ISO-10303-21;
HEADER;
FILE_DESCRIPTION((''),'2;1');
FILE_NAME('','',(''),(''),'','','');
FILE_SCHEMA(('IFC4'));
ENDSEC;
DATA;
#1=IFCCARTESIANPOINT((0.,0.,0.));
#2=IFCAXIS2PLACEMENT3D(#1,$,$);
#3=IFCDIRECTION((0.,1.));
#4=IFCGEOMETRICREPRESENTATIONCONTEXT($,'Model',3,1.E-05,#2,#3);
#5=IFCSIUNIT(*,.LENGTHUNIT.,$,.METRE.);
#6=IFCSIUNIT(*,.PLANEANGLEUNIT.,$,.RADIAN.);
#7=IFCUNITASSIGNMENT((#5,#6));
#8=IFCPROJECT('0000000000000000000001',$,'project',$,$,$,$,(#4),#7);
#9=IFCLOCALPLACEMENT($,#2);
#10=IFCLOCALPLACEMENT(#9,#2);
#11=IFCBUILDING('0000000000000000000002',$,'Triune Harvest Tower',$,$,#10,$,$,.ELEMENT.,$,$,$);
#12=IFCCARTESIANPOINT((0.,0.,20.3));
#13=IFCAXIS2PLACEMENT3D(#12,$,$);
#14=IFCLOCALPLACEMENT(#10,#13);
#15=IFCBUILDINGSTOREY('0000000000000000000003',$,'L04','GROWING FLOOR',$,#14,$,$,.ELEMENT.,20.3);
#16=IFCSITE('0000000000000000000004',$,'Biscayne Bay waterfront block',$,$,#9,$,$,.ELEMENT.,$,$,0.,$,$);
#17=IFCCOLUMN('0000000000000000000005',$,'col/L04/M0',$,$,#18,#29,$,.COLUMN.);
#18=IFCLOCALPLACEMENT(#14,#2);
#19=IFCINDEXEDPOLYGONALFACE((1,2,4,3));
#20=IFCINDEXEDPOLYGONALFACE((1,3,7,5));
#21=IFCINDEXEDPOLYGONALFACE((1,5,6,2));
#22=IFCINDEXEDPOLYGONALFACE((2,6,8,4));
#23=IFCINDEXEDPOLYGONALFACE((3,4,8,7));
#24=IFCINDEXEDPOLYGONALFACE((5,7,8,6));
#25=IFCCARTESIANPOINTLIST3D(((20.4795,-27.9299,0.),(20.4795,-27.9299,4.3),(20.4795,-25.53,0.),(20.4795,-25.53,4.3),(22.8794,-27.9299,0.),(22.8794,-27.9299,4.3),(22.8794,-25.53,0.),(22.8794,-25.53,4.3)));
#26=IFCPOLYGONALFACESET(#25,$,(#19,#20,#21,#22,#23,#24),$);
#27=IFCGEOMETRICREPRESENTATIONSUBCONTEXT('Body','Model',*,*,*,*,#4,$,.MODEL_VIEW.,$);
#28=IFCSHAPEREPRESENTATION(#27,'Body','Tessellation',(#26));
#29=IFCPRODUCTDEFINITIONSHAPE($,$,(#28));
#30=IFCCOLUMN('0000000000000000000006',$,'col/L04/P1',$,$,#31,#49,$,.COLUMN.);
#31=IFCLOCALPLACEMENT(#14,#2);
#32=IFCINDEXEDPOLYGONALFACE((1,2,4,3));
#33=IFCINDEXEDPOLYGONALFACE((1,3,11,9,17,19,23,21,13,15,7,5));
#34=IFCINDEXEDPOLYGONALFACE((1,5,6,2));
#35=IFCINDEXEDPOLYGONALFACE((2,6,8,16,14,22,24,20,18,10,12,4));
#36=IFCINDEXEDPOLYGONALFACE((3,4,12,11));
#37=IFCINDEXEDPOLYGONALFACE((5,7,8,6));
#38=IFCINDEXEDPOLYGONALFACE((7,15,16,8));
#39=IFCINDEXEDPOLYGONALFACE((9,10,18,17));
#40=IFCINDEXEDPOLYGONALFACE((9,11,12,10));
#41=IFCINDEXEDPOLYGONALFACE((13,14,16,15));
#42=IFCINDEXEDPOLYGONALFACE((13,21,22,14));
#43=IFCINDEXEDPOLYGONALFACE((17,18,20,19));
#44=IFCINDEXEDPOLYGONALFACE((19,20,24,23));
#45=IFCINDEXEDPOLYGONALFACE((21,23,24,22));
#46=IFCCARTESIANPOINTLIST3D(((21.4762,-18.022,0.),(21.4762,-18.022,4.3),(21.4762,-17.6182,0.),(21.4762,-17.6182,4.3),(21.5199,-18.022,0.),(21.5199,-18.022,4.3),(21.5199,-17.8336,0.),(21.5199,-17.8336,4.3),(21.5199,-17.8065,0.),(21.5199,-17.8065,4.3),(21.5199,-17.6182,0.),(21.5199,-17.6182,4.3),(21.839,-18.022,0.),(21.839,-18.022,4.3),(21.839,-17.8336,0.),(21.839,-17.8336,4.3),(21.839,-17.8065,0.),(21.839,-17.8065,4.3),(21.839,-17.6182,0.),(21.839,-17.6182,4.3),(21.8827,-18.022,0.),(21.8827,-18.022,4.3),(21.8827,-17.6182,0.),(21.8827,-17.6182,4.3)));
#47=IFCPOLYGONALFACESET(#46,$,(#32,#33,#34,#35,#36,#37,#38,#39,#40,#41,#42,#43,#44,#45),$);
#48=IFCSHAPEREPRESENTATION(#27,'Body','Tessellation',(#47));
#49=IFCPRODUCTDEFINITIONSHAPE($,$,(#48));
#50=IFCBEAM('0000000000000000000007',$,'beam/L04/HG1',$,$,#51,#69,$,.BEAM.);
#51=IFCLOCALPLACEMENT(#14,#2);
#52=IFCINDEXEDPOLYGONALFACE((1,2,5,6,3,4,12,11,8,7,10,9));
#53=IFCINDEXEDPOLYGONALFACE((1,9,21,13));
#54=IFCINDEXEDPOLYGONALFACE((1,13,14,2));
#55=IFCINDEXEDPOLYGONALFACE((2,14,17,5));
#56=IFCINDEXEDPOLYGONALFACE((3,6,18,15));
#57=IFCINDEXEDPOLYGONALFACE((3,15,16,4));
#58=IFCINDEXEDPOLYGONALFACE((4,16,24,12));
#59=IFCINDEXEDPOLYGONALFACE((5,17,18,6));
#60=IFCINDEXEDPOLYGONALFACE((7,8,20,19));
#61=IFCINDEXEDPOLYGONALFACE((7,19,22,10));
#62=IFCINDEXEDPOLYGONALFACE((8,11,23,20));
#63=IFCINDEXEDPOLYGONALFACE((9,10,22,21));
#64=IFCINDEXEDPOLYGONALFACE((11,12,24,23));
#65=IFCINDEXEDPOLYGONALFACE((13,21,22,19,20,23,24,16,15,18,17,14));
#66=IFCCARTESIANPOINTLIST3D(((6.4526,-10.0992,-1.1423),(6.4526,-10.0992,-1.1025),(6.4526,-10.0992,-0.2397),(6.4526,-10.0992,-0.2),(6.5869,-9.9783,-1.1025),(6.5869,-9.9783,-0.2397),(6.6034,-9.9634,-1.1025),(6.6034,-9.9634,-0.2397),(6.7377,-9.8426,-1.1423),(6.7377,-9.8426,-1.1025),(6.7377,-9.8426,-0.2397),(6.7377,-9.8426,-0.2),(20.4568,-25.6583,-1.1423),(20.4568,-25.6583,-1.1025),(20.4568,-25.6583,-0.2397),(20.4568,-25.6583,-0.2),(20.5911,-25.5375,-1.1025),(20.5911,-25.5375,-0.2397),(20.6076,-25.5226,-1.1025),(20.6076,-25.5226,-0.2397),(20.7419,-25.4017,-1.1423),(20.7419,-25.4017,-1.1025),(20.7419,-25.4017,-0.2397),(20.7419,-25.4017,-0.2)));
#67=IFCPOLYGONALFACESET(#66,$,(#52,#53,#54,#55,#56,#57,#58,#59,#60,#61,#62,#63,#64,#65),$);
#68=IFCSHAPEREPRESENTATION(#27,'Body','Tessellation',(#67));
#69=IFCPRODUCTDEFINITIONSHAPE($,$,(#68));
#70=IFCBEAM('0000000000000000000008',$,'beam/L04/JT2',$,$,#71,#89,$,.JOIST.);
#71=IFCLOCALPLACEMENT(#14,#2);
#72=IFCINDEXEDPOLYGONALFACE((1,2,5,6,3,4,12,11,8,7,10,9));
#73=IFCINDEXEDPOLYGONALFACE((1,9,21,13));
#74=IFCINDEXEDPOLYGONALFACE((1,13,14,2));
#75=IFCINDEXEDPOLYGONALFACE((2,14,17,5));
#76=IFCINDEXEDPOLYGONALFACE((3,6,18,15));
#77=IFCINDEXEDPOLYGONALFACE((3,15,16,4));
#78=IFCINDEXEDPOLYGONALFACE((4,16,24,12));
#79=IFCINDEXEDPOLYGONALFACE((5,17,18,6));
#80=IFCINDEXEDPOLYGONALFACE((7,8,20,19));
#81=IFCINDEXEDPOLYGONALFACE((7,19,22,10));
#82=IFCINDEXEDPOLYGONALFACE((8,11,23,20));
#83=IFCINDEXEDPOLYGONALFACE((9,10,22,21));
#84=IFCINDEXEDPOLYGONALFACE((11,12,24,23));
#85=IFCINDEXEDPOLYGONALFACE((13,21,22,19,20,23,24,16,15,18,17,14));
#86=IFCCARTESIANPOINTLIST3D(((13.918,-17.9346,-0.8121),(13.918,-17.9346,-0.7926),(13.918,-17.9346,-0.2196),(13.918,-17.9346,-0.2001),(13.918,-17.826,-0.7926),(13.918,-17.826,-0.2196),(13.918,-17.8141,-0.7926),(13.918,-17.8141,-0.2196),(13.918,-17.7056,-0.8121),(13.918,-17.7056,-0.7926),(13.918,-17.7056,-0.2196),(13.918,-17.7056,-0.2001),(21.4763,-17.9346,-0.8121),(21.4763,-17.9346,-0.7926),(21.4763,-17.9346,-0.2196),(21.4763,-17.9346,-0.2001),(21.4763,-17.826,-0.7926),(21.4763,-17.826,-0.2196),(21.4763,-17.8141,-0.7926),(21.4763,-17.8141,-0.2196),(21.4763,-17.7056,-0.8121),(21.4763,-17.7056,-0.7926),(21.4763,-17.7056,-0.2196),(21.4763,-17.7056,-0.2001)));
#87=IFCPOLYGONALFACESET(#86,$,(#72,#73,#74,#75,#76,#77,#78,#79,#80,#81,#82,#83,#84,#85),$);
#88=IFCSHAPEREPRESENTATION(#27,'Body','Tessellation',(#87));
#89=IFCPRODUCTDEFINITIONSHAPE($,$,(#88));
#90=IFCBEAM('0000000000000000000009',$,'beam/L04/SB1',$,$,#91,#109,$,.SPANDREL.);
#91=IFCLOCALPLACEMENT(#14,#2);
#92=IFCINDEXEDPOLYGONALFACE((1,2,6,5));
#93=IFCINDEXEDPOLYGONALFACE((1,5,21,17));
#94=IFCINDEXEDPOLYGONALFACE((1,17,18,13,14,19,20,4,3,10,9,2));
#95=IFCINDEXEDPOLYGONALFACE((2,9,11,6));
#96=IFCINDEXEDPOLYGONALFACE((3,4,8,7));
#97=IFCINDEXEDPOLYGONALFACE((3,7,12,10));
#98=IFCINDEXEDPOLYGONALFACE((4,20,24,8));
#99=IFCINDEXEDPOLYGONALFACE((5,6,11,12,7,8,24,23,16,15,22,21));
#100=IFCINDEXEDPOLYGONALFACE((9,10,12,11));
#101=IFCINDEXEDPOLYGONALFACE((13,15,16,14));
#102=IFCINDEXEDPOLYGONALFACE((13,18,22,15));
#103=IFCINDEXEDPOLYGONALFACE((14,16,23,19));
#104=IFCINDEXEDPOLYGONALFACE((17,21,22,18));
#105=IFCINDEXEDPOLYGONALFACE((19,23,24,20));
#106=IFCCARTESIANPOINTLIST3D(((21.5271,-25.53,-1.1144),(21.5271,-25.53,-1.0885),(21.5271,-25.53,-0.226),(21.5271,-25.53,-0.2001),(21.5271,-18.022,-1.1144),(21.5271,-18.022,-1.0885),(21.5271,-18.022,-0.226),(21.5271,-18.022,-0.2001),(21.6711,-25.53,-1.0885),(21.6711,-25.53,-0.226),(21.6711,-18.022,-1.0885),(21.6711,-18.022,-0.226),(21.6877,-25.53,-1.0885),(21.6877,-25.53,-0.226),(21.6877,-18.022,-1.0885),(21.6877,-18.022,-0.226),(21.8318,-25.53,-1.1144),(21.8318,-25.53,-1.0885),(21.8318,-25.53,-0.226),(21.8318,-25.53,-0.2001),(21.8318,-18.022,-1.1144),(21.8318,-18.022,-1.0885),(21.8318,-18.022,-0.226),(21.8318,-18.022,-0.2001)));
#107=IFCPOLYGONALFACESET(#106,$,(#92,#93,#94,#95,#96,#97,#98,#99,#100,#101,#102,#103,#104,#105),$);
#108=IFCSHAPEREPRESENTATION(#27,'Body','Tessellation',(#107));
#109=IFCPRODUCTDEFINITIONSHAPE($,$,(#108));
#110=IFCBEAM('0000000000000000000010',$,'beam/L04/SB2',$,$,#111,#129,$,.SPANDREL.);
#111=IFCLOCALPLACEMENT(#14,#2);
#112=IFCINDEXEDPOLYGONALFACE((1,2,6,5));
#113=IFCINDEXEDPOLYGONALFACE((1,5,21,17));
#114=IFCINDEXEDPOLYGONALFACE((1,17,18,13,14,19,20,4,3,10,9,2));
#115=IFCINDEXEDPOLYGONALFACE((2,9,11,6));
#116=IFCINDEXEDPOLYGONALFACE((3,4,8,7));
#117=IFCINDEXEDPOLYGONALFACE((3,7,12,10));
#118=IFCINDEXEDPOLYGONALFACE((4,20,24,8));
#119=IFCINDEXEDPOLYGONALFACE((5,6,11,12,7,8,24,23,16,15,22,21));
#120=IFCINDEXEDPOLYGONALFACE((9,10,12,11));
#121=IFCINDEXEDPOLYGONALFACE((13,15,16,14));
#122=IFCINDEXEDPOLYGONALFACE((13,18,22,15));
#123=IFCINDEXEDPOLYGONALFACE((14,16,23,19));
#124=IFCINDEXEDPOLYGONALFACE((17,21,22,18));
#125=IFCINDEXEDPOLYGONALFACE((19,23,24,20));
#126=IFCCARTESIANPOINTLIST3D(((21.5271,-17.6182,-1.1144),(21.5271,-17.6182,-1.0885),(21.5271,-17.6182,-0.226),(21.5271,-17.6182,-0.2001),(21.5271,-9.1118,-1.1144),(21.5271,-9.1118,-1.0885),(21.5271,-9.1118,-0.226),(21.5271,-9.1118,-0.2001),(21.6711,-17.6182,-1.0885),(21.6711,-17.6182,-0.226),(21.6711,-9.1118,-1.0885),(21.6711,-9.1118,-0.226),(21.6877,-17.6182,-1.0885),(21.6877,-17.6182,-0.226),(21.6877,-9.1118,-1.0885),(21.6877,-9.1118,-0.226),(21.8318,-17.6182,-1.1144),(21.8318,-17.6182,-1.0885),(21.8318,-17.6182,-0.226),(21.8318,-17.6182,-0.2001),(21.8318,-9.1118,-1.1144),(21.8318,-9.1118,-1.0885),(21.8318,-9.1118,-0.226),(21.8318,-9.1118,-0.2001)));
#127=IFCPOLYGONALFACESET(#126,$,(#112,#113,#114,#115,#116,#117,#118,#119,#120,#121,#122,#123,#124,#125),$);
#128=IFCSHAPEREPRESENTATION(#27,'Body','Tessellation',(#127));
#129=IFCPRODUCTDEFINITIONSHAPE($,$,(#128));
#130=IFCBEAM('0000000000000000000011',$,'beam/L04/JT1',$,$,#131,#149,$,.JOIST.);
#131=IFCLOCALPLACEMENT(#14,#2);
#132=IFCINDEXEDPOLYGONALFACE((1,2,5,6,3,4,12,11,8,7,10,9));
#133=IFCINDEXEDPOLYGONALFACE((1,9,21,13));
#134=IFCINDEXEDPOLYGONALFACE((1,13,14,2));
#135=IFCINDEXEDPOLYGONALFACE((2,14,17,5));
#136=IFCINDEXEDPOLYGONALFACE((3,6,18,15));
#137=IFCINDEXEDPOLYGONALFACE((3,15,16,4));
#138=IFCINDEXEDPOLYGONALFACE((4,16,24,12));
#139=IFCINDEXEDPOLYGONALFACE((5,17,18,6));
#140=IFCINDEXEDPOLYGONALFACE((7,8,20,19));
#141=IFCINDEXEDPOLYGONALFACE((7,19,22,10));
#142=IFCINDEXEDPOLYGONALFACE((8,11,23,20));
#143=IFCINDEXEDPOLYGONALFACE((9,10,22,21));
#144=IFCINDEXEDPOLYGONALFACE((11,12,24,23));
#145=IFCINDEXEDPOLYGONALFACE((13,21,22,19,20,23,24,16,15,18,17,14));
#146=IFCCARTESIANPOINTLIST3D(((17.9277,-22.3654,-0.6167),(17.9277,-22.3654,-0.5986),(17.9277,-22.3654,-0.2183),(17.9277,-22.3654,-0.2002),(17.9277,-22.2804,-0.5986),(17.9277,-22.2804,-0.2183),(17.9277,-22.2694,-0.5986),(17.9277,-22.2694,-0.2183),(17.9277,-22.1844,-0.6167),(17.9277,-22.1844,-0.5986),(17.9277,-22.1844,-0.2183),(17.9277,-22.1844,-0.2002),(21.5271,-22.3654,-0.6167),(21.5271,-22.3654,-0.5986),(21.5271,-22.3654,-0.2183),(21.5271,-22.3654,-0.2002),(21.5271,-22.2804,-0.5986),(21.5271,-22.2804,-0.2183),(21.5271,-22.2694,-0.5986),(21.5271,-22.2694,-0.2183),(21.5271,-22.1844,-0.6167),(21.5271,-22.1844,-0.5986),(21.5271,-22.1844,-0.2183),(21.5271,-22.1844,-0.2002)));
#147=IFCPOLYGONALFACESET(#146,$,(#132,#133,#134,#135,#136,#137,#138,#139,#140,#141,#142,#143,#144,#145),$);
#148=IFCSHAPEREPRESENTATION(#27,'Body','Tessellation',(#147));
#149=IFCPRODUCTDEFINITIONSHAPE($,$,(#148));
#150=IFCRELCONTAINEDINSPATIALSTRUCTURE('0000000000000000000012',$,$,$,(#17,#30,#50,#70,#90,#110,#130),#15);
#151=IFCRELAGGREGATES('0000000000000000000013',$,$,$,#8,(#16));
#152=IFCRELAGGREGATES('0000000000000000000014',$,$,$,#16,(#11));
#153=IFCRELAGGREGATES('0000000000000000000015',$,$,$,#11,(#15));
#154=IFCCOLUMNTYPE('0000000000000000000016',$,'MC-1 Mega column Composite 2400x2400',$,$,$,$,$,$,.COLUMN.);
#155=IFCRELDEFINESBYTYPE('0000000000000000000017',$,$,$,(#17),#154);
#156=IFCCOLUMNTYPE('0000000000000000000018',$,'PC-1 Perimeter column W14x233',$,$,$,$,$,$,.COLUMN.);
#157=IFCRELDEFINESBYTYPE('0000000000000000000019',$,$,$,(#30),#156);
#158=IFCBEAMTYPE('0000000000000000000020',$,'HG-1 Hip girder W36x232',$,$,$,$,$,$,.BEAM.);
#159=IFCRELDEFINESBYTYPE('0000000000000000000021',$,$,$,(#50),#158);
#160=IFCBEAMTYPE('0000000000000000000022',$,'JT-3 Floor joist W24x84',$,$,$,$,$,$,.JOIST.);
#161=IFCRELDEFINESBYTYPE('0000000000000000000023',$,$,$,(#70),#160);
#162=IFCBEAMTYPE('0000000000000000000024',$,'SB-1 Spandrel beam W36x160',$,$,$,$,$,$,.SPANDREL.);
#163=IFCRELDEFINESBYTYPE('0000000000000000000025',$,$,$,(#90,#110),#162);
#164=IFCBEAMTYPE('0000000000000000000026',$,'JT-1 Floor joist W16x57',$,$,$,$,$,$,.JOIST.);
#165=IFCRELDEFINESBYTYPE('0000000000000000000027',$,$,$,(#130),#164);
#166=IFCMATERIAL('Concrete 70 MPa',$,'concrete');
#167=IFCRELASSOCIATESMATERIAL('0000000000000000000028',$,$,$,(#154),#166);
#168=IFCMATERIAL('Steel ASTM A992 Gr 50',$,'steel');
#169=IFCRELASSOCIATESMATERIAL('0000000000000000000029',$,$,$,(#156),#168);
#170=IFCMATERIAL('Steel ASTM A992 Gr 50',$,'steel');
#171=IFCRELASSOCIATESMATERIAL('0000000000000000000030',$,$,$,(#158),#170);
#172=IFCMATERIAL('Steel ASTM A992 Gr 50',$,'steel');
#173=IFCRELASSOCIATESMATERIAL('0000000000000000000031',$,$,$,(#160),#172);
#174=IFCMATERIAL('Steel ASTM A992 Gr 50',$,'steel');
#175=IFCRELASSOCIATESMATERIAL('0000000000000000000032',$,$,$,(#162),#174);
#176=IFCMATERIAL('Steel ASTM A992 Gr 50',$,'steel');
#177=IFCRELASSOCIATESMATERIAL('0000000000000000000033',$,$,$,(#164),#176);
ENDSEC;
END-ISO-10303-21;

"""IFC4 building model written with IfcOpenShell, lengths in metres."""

from ifc_helpers import new_model, si_unit, direction, frame, origin, origin_2d, place, context, subcontext, project, spatial, rectangle, i_section, extrude, source, transform, mapped, material, material_profile, profile_set, type_object, element, save


model = new_model("IFC4")

# Units and contexts
model_context = context("Model", 3, precision=1e-05, world=origin(), true_north=direction((0.0, 1.0)))
body_context = subcontext(model_context, "Body", "Model", "MODEL_VIEW")
ifc_project = project(units=[si_unit("LENGTHUNIT", "METRE"), si_unit("PLANEANGLEUNIT", "RADIAN")], contexts=[model_context])

# Site, building, storey
site_placement = place(None, origin())
site = spatial("IfcSite", under=ifc_project, at=site_placement, Name="Biscayne Bay waterfront block", CompositionType="ELEMENT", RefElevation=0.0)
building_placement = place(site_placement, origin())
building = spatial("IfcBuilding", under=site, at=building_placement, Name="Triune Harvest Tower", CompositionType="ELEMENT")
storey_placement = place(building_placement, frame((0.0, 0.0, 20.3)))
storey = spatial("IfcBuildingStorey", under=building, at=storey_placement, Name="L04", Description="GROWING FLOOR", CompositionType="ELEMENT", Elevation=20.3)

# Columns
ifc_material_1 = material(Name="Concrete 70 MPa", Category="concrete")
ifc_material_profile_1 = material_profile(ifc_material_1, rectangle(XDim=2.3999, YDim=2.3999, at=origin_2d()), Name="Composite 2400x2400")
ifc_profile_set_1 = profile_set([ifc_material_profile_1], Name="Concrete 70 MPa")
column_type_1 = type_object("IfcColumnType", Name="MC-1 Mega column Composite 2400x2400", PredefinedType="COLUMN", material=ifc_profile_set_1)
shared_shape_1 = source(origin(), body_context, "Body", "SweptSolid", [
    extrude(rectangle(XDim=2.3999, YDim=2.3999, at=origin_2d()), origin(), (0.0, 0.0, 1.0), 4.3),
])
column_1_placement = place(storey_placement, frame((21.6794, -26.73, 0.0), z_axis=(0.0, 0.0, 1.0), x_axis=(0.0, 1.0, 0.0)))
element("IfcColumn", 1, at=column_1_placement, inside=storey, type_object=column_type_1, Name="col/L04/M0", PredefinedType="COLUMN", context=body_context, shape_type="MappedRepresentation", body=[
    mapped(shared_shape_1, transform((0.0, 0.0, 0.0), scale=1.0)),
])
ifc_material_2 = material(Name="Steel ASTM A992 Gr 50", Category="steel")
ifc_material_profile_2 = material_profile(ifc_material_2, i_section(OverallWidth=0.4038, OverallDepth=0.4065, WebThickness=0.0271, FlangeThickness=0.0437, at=origin_2d()), Name="W14x233")
ifc_profile_set_2 = profile_set([ifc_material_profile_2], Name="Steel ASTM A992 Gr 50")
column_type_2 = type_object("IfcColumnType", Name="PC-1 Perimeter column W14x233", PredefinedType="COLUMN", material=ifc_profile_set_2)
shared_shape_2 = source(origin(), body_context, "Body", "SweptSolid", [
    extrude(i_section(OverallWidth=0.4038, OverallDepth=0.4065, WebThickness=0.0271, FlangeThickness=0.0437, at=origin_2d()), origin(), (0.0, 0.0, 1.0), 4.3),
])
column_2_placement = place(storey_placement, frame((21.6794, -17.8201, 0.0), z_axis=(0.0, 0.0, 1.0), x_axis=(0.0, 1.0, 0.0)))
element("IfcColumn", 2, at=column_2_placement, inside=storey, type_object=column_type_2, Name="col/L04/P1", PredefinedType="COLUMN", context=body_context, shape_type="MappedRepresentation", body=[
    mapped(shared_shape_2, transform((0.0, 0.0, 0.0), scale=1.0)),
])

# Beams
ifc_material_3 = material(Name="Steel ASTM A992 Gr 50", Category="steel")
ifc_material_profile_3 = material_profile(ifc_material_3, i_section(OverallWidth=0.3835, OverallDepth=0.9424, WebThickness=0.0222, FlangeThickness=0.0398, at=origin_2d()), Name="W36x232")
ifc_profile_set_3 = profile_set([ifc_material_profile_3], Name="Steel ASTM A992 Gr 50")
beam_type_1 = type_object("IfcBeamType", Name="HG-1 Hip girder W36x232", PredefinedType="BEAM", material=ifc_profile_set_3)
shared_shape_3 = source(origin(), body_context, "Body", "SweptSolid", [
    extrude(i_section(OverallWidth=0.3835, OverallDepth=0.9424, WebThickness=0.0222, FlangeThickness=0.0398, at=origin_2d()), origin(), (0.0, 0.0, 1.0), 20.9333),
])
beam_1_placement = place(storey_placement, frame((20.5994, -25.53, -0.6711), z_axis=(-0.668991, 0.743271, 0.0), x_axis=(-0.743271, -0.668991, 0.0)))
element("IfcBeam", 3, at=beam_1_placement, inside=storey, type_object=beam_type_1, Name="beam/L04/HG1", PredefinedType="BEAM", context=body_context, shape_type="MappedRepresentation", body=[
    mapped(shared_shape_3, transform((0.0, 0.0, 0.0), scale=1.0)),
])
ifc_material_4 = material(Name="Steel ASTM A992 Gr 50", Category="steel")
ifc_material_profile_4 = material_profile(ifc_material_4, i_section(OverallWidth=0.229, OverallDepth=0.6121, WebThickness=0.012, FlangeThickness=0.0195, at=origin_2d()), Name="W24x84")
ifc_profile_set_4 = profile_set([ifc_material_profile_4], Name="Steel ASTM A992 Gr 50")
beam_type_2 = type_object("IfcBeamType", Name="JT-3 Floor joist W24x84", PredefinedType="JOIST", material=ifc_profile_set_4)
shared_shape_4 = source(origin(), body_context, "Body", "SweptSolid", [
    extrude(i_section(OverallWidth=0.229, OverallDepth=0.6121, WebThickness=0.012, FlangeThickness=0.0195, at=origin_2d()), origin(), (0.0, 0.0, 1.0), 7.5583),
])
beam_2_placement = place(storey_placement, frame((21.4763, -17.8201, -0.5061), z_axis=(-1.0, 0.0, 0.0), x_axis=(0.0, -1.0, 0.0)))
element("IfcBeam", 4, at=beam_2_placement, inside=storey, type_object=beam_type_2, Name="beam/L04/JT2", PredefinedType="JOIST", context=body_context, shape_type="MappedRepresentation", body=[
    mapped(shared_shape_4, transform((0.0, 0.0, 0.0), scale=1.0)),
])
ifc_material_5 = material(Name="Steel ASTM A992 Gr 50", Category="steel")
ifc_material_profile_5 = material_profile(ifc_material_5, i_section(OverallWidth=0.3047, OverallDepth=0.9143, WebThickness=0.0166, FlangeThickness=0.0259, at=origin_2d()), Name="W36x160")
ifc_profile_set_5 = profile_set([ifc_material_profile_5], Name="Steel ASTM A992 Gr 50")
beam_type_3 = type_object("IfcBeamType", Name="SB-1 Spandrel beam W36x160", PredefinedType="SPANDREL", material=ifc_profile_set_5)
shared_shape_5 = source(origin(), body_context, "Body", "SweptSolid", [
    extrude(i_section(OverallWidth=0.3047, OverallDepth=0.9143, WebThickness=0.0166, FlangeThickness=0.0259, at=origin_2d()), origin(), (0.0, 0.0, 1.0), 7.5081),
])
beam_3_placement = place(storey_placement, frame((21.6794, -25.53, -0.6572), z_axis=(0.0, 1.0, 0.0), x_axis=(-1.0, 0.0, 0.0)))
element("IfcBeam", 5, at=beam_3_placement, inside=storey, type_object=beam_type_3, Name="beam/L04/SB1", PredefinedType="SPANDREL", context=body_context, shape_type="MappedRepresentation", body=[
    mapped(shared_shape_5, transform((0.0, 0.0, 0.0), scale=1.0)),
])
shared_shape_6 = source(origin(), body_context, "Body", "SweptSolid", [
    extrude(i_section(OverallWidth=0.3047, OverallDepth=0.9143, WebThickness=0.0166, FlangeThickness=0.0259, at=origin_2d()), origin(), (0.0, 0.0, 1.0), 8.5063),
])
beam_4_placement = place(storey_placement, frame((21.6794, -17.6182, -0.6572), z_axis=(0.0, 1.0, 0.0), x_axis=(-1.0, 0.0, 0.0)))
element("IfcBeam", 6, at=beam_4_placement, inside=storey, type_object=beam_type_3, Name="beam/L04/SB2", PredefinedType="SPANDREL", context=body_context, shape_type="MappedRepresentation", body=[
    mapped(shared_shape_6, transform((0.0, 0.0, 0.0), scale=1.0)),
])
ifc_material_6 = material(Name="Steel ASTM A992 Gr 50", Category="steel")
ifc_material_profile_6 = material_profile(ifc_material_6, i_section(OverallWidth=0.1809, OverallDepth=0.4165, WebThickness=0.011, FlangeThickness=0.0181, at=origin_2d()), Name="W16x57")
ifc_profile_set_6 = profile_set([ifc_material_profile_6], Name="Steel ASTM A992 Gr 50")
beam_type_4 = type_object("IfcBeamType", Name="JT-1 Floor joist W16x57", PredefinedType="JOIST", material=ifc_profile_set_6)
shared_shape_7 = source(origin(), body_context, "Body", "SweptSolid", [
    extrude(i_section(OverallWidth=0.1809, OverallDepth=0.4165, WebThickness=0.011, FlangeThickness=0.0181, at=origin_2d()), origin(), (0.0, 0.0, 1.0), 3.5994),
])
beam_5_placement = place(storey_placement, frame((21.5271, -22.2749, -0.4084), z_axis=(-1.0, 0.0, 0.0), x_axis=(0.0, -1.0, 0.0)))
element("IfcBeam", 7, at=beam_5_placement, inside=storey, type_object=beam_type_4, Name="beam/L04/JT1", PredefinedType="JOIST", context=body_context, shape_type="MappedRepresentation", body=[
    mapped(shared_shape_7, transform((0.0, 0.0, 0.0), scale=1.0)),
])

save(model, "model.ifc")
